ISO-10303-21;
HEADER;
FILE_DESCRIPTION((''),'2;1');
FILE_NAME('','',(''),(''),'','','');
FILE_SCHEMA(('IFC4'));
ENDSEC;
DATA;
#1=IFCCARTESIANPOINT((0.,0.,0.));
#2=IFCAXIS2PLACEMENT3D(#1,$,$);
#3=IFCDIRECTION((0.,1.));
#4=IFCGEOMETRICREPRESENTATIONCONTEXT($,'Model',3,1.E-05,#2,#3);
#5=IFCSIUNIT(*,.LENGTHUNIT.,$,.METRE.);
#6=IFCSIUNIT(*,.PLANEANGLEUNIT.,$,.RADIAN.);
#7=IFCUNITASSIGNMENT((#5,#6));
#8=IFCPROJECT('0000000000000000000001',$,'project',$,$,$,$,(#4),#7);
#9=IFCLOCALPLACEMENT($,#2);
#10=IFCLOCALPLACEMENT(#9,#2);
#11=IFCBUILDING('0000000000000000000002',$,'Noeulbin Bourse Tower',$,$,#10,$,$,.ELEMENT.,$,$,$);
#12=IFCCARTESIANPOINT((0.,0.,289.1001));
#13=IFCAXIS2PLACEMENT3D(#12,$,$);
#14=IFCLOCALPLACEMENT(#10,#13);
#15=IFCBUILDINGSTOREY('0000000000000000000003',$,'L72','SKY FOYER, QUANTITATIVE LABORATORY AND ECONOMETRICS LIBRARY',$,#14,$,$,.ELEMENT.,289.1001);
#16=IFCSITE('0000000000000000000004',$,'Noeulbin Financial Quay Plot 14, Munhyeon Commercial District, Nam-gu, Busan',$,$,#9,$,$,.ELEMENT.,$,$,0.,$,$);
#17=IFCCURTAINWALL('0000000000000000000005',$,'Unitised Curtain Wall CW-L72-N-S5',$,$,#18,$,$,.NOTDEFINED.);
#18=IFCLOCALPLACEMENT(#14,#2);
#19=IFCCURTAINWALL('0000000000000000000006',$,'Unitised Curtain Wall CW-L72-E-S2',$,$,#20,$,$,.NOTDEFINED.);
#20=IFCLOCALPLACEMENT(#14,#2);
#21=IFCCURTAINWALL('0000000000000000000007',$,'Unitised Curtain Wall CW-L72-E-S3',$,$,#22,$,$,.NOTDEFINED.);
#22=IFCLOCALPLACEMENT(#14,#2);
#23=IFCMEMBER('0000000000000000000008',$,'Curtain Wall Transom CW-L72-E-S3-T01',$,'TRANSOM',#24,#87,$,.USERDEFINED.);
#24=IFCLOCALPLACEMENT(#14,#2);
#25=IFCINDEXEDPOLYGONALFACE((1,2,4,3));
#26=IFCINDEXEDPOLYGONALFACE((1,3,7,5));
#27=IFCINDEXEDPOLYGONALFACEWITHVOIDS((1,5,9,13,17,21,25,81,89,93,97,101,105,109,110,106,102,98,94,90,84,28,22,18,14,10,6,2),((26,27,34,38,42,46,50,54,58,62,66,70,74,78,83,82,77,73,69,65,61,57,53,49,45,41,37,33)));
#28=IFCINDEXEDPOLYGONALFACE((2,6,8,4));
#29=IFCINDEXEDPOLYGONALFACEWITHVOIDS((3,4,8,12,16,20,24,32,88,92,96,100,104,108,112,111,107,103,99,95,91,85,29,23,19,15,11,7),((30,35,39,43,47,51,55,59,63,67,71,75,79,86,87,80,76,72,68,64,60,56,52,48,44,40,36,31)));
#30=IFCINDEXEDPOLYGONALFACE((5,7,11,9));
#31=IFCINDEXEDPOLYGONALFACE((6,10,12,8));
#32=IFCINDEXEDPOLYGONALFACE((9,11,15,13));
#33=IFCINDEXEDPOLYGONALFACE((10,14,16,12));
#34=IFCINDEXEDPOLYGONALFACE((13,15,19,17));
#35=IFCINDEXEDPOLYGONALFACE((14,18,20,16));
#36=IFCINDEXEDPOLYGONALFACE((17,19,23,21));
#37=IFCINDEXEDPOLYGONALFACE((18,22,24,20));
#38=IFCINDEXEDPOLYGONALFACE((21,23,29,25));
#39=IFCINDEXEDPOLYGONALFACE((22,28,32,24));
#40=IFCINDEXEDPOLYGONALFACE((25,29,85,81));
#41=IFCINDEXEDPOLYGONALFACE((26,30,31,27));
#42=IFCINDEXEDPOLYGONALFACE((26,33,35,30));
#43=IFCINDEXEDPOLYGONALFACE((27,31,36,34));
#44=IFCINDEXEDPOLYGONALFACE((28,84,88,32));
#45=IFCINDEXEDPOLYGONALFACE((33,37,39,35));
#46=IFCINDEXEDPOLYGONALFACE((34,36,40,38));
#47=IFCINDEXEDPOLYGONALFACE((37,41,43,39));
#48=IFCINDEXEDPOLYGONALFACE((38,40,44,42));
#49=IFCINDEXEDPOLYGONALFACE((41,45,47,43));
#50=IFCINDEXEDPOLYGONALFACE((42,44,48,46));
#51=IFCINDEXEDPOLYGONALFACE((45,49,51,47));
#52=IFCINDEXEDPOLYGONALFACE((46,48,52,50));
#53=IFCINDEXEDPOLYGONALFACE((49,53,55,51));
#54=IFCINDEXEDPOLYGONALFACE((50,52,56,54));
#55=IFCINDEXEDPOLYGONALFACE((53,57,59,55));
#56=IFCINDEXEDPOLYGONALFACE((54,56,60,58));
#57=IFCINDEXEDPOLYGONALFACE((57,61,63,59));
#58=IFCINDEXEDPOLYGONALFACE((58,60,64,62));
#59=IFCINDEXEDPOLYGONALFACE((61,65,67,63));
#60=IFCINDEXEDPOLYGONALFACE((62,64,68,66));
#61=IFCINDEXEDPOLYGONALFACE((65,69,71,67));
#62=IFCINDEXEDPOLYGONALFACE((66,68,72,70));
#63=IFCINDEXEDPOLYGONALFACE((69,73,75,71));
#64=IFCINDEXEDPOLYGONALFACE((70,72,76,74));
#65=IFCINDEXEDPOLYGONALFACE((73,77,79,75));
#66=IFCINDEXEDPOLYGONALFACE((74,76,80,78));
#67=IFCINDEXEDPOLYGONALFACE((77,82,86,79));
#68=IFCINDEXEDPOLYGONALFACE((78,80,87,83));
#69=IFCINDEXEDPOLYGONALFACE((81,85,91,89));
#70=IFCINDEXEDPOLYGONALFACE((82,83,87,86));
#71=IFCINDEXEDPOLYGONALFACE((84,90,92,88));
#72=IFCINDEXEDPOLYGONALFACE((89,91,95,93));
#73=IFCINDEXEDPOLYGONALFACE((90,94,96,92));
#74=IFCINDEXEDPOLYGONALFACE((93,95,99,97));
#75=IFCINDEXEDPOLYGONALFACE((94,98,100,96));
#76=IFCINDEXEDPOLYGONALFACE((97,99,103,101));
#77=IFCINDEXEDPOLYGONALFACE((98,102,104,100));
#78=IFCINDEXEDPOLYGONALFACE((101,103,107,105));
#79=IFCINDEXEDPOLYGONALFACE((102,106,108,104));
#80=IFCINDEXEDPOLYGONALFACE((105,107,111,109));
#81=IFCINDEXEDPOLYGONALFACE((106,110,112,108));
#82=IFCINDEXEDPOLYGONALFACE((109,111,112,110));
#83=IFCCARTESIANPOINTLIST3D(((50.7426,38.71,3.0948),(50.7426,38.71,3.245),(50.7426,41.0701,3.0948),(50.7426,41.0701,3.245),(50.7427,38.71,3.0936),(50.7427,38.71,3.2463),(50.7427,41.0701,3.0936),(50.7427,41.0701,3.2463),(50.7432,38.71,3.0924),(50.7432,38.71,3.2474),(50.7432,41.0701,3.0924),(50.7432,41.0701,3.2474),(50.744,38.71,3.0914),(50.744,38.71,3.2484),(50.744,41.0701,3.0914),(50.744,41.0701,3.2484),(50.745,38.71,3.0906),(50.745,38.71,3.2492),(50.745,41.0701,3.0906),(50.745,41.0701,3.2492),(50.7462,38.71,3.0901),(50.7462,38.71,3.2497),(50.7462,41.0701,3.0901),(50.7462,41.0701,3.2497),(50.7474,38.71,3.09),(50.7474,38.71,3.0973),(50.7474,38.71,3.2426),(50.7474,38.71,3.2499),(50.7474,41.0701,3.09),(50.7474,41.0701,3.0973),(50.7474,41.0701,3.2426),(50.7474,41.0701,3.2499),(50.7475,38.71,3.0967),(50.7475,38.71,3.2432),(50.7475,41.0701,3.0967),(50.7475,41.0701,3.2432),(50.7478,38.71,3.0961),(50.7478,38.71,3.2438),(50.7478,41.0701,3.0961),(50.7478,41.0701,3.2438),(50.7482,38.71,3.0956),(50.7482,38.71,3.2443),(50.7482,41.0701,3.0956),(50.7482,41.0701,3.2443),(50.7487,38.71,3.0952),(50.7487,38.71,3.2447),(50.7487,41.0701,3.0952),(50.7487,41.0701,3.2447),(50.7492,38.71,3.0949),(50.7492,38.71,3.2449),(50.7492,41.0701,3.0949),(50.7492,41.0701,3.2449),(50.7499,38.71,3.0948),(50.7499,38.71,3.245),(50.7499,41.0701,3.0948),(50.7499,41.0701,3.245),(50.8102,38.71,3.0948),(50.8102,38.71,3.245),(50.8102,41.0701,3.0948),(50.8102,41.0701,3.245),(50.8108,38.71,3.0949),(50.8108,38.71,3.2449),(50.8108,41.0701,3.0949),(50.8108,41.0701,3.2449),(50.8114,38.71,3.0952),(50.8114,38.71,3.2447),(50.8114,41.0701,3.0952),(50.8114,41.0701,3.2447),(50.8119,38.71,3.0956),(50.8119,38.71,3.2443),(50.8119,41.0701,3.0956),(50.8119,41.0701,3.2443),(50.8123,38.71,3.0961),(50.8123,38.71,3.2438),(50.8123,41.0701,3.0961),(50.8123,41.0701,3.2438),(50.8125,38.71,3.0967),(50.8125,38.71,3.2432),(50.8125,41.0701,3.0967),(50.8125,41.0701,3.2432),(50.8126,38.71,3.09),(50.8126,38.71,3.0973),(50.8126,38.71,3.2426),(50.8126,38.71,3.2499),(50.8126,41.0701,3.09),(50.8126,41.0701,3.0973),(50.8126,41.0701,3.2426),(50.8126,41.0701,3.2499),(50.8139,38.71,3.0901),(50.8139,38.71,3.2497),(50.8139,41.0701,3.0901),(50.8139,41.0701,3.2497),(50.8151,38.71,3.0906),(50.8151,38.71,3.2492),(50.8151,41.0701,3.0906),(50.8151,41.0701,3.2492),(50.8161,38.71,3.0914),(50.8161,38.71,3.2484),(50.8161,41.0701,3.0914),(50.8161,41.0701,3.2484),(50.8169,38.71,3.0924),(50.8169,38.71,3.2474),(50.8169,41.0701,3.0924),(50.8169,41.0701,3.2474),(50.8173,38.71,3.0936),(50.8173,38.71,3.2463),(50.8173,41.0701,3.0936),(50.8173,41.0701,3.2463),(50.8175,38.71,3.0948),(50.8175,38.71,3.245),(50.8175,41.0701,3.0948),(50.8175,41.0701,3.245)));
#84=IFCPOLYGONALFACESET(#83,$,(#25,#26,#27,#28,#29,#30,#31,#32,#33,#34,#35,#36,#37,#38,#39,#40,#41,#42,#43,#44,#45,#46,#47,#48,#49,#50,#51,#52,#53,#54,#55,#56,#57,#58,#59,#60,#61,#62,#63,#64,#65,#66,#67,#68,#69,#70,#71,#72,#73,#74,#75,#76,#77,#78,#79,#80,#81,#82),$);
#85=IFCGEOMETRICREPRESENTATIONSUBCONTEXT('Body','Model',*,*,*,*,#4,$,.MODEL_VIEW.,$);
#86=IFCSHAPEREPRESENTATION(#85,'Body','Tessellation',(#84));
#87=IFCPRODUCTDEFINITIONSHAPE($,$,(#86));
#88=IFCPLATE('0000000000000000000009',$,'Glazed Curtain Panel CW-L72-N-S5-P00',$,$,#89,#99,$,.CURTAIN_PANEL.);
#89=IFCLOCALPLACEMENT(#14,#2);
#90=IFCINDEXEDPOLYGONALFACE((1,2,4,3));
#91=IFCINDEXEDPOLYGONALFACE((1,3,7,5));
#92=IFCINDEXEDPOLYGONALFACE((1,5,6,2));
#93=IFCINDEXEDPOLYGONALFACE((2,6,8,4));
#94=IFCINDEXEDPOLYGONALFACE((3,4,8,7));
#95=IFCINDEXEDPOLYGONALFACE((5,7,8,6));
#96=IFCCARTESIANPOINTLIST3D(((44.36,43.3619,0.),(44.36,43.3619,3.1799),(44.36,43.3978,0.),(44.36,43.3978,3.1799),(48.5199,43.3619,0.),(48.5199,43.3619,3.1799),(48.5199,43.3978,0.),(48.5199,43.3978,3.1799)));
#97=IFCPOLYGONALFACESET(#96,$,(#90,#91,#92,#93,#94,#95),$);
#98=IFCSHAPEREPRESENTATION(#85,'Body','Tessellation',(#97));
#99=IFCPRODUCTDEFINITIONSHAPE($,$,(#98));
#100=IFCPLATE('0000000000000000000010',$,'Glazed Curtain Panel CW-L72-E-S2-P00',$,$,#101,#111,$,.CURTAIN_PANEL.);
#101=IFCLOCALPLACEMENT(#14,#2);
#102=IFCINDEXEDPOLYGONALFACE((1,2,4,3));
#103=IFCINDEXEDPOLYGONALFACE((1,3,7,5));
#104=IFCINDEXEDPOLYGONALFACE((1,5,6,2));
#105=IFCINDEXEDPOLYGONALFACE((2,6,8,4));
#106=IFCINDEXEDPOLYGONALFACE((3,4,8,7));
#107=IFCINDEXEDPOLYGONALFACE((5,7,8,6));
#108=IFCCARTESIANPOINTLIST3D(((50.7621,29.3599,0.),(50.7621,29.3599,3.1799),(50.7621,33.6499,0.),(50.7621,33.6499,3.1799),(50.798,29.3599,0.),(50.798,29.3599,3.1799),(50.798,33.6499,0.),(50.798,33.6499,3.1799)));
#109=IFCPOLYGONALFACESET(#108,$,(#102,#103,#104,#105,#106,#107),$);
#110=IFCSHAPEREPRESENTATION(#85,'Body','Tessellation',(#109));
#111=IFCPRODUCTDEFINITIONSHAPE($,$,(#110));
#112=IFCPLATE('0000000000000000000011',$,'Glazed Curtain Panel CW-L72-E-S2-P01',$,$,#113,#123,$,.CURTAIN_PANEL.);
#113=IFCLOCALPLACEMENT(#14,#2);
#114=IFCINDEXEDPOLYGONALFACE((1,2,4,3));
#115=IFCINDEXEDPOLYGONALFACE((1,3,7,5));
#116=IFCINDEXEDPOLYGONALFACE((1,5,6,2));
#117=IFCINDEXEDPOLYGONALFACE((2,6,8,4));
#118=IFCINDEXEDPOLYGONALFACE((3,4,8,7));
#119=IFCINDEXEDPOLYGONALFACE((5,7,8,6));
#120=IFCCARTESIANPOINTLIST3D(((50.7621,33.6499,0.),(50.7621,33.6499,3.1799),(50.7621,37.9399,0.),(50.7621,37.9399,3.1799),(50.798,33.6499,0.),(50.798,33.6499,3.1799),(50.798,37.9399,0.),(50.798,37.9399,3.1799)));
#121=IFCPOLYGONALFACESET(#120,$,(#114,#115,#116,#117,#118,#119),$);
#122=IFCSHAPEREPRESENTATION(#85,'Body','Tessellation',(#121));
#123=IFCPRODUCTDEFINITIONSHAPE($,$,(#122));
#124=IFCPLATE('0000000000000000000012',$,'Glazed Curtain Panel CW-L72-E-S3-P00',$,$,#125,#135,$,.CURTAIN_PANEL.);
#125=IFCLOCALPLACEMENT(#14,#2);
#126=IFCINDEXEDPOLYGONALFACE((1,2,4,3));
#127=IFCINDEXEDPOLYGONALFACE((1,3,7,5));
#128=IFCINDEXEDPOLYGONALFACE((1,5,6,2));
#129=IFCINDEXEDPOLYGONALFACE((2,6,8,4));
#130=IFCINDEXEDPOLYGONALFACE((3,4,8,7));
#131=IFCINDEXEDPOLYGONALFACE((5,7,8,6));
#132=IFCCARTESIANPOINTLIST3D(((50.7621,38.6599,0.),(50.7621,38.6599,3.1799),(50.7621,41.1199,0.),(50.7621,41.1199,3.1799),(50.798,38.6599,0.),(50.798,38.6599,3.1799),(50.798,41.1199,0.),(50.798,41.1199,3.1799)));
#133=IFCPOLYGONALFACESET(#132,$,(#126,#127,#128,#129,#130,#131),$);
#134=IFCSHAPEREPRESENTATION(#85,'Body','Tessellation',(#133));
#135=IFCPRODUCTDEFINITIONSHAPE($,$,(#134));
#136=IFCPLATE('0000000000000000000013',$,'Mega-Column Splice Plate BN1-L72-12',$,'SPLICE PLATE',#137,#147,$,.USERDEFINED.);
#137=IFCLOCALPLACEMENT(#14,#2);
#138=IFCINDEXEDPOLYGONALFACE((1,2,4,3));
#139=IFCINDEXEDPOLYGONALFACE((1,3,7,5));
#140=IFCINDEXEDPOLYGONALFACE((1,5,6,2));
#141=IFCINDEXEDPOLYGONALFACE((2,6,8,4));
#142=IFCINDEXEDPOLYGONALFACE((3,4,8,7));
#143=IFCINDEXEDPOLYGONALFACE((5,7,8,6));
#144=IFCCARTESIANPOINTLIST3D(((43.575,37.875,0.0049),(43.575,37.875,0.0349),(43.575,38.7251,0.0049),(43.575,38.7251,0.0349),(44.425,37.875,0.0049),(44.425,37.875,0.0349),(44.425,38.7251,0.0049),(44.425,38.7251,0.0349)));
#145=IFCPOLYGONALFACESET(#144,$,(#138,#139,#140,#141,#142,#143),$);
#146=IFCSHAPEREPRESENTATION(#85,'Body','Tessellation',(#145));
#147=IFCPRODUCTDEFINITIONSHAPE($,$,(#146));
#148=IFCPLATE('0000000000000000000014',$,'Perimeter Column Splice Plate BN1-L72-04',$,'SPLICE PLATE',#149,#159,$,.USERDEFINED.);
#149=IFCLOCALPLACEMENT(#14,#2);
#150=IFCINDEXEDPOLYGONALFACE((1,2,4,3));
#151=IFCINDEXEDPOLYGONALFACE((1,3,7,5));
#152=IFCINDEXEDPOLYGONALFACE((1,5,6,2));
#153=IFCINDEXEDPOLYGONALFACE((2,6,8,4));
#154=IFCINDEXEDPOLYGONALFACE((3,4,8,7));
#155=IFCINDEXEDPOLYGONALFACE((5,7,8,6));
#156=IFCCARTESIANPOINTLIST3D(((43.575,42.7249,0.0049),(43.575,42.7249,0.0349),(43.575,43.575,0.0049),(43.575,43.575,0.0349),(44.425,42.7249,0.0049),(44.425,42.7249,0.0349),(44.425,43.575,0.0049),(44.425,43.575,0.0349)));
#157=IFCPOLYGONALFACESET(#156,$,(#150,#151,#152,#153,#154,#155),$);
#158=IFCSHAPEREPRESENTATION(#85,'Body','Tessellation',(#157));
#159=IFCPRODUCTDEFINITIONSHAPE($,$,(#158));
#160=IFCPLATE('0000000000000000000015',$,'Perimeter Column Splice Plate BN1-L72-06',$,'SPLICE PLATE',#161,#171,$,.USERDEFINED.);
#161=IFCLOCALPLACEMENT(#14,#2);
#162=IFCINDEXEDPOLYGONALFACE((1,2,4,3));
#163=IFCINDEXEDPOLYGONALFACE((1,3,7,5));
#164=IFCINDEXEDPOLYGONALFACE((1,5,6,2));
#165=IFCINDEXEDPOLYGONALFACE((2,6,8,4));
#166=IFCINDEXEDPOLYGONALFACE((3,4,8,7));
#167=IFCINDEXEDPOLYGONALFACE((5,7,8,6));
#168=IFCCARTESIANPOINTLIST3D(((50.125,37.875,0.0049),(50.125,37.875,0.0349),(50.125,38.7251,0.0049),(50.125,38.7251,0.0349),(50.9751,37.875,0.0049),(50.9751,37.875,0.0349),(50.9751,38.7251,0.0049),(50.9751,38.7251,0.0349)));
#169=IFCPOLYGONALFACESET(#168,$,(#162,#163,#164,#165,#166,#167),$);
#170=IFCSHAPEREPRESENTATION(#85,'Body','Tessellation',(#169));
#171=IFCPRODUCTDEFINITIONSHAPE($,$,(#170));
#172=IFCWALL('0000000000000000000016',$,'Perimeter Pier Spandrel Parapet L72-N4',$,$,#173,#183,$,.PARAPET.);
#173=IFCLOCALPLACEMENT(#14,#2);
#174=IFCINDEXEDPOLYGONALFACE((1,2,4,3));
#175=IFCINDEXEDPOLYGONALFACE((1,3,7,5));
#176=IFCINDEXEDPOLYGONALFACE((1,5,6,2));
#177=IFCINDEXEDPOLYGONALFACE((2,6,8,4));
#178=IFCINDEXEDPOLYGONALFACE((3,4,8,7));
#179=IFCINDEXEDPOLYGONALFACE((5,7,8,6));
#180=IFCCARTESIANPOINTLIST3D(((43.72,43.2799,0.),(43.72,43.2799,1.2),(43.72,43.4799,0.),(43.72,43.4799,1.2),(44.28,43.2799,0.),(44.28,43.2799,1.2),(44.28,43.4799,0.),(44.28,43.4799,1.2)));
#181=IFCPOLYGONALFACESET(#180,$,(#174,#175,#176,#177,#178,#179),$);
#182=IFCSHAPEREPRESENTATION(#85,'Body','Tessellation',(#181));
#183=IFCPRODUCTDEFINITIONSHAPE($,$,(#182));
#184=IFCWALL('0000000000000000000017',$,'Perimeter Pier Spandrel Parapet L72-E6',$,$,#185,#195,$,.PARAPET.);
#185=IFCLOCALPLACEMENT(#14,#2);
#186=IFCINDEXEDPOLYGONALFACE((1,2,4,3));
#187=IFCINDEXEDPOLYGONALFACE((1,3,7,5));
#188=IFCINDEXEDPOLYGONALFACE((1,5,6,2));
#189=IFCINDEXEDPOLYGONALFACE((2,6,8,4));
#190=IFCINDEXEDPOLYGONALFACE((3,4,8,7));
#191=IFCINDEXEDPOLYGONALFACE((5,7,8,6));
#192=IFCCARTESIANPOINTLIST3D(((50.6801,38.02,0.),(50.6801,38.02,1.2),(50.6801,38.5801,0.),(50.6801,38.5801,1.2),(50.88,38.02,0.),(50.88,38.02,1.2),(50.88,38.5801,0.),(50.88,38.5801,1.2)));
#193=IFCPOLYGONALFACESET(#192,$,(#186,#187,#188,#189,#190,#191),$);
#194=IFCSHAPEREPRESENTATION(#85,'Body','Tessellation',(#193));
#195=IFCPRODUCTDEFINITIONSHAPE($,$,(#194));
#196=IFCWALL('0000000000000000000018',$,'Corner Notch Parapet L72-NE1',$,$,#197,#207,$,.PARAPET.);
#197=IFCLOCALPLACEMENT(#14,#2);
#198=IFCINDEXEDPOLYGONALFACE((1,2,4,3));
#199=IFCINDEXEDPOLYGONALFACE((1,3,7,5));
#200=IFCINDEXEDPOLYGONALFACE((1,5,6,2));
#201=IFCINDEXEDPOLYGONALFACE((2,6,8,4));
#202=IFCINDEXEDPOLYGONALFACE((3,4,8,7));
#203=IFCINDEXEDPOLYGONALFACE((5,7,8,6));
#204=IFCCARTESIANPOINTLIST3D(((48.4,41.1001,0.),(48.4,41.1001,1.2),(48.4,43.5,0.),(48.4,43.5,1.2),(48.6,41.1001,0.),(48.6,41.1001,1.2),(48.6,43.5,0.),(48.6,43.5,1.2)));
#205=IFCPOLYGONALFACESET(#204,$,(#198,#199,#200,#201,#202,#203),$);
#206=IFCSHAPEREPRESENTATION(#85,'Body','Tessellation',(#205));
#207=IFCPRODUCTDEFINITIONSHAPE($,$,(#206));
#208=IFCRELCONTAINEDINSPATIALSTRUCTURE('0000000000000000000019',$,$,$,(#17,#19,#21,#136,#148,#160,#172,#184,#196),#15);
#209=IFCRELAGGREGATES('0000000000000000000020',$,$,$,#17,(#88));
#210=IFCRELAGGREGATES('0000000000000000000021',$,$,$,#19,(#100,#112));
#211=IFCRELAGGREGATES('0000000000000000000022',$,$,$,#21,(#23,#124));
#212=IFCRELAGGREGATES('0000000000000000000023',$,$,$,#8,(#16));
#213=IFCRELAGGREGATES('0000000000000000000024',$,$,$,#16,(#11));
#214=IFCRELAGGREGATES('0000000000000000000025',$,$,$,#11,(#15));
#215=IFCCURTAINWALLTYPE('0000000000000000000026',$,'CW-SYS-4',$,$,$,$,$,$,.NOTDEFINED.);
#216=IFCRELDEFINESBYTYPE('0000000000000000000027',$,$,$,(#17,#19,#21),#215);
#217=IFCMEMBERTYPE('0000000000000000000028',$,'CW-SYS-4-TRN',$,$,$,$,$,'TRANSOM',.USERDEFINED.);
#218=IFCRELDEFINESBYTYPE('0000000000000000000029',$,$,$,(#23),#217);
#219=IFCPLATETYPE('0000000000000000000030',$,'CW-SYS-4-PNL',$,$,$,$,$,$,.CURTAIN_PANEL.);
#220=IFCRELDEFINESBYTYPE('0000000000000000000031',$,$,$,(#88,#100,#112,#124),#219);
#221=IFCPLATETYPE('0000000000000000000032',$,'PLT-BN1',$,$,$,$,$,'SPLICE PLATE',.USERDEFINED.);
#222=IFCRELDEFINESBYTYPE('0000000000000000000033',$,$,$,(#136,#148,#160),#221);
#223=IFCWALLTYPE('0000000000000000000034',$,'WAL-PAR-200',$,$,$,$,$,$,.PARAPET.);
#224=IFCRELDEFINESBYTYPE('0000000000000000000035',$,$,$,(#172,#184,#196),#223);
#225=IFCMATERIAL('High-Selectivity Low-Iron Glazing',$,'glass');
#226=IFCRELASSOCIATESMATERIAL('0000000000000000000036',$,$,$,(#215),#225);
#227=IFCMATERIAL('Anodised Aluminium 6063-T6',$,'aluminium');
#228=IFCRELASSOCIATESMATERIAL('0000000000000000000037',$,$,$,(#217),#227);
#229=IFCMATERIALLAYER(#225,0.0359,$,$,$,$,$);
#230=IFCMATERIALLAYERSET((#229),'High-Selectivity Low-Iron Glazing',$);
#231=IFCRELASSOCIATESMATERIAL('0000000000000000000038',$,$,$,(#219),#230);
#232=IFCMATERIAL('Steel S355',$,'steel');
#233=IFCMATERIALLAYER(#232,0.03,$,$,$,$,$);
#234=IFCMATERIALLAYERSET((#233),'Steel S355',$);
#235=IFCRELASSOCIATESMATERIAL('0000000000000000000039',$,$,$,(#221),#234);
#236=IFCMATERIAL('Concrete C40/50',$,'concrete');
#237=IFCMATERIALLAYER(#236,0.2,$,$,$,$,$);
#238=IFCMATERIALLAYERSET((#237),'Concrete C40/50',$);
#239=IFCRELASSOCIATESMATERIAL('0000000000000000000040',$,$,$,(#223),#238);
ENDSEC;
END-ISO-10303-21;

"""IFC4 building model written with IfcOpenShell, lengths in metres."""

from ifc_helpers import new_model, si_unit, direction, frame, frame_2d, origin, origin_2d, place, context, subcontext, project, spatial, rectangle, hollow_rectangle, extrude, material, layer, layer_set, material_profile, profile_set, type_object, element, aggregate, save


model = new_model("IFC4")

# Units and contexts
model_context = context("Model", 3, precision=1e-05, world=origin(), true_north=direction((0.0, 1.0)))
body_context = subcontext(model_context, "Body", "Model", "MODEL_VIEW")
ifc_project = project(units=[si_unit("LENGTHUNIT", "METRE"), si_unit("PLANEANGLEUNIT", "RADIAN")], contexts=[model_context])

# Site, building, storey
site_placement = place(None, origin())
site = spatial("IfcSite", under=ifc_project, at=site_placement, Name="Noeulbin Financial Quay Plot 14, Munhyeon Commercial District, Nam-gu, Busan", CompositionType="ELEMENT", RefElevation=0.0)
building_placement = place(site_placement, origin())
building = spatial("IfcBuilding", under=site, at=building_placement, Name="Noeulbin Bourse Tower", CompositionType="ELEMENT")
storey_placement = place(building_placement, frame((0.0, 0.0, 289.1001)))
storey = spatial("IfcBuildingStorey", under=building, at=storey_placement, Name="L72", Description="SKY FOYER, QUANTITATIVE LABORATORY AND ECONOMETRICS LIBRARY", CompositionType="ELEMENT", Elevation=289.1001)

# Shared definitions
ifc_material_1 = material(Name="Steel S355", Category="steel")

# Shared definitions
ifc_material_2 = material(Name="High-Selectivity Low-Iron Glazing", Category="glass")
curtain_wall_type = type_object("IfcCurtainWallType", Name="CW-SYS-4", PredefinedType="NOTDEFINED", material=ifc_material_2)
ifc_material_3 = material(Name="Anodised Aluminium 6063-T6", Category="aluminium")

# Curtain walls
curtain_wall_1_placement = place(storey_placement, origin())
curtain_wall_1 = element("IfcCurtainWall", 1, at=curtain_wall_1_placement, inside=storey, type_object=curtain_wall_type, Name="Unitised Curtain Wall CW-L72-N-S5", PredefinedType="NOTDEFINED")
curtain_wall_2_placement = place(storey_placement, origin())
curtain_wall_2 = element("IfcCurtainWall", 2, at=curtain_wall_2_placement, inside=storey, type_object=curtain_wall_type, Name="Unitised Curtain Wall CW-L72-E-S2", PredefinedType="NOTDEFINED")
curtain_wall_3_placement = place(storey_placement, origin())
curtain_wall_3 = element("IfcCurtainWall", 3, at=curtain_wall_3_placement, inside=storey, type_object=curtain_wall_type, Name="Unitised Curtain Wall CW-L72-E-S3", PredefinedType="NOTDEFINED")

# Member
ifc_material_profile_1 = material_profile(ifc_material_3, hollow_rectangle(XDim=0.075, YDim=0.1599, WallThickness=0.0049, InnerFilletRadius=0.0024, OuterFilletRadius=0.0049, at=origin_2d()), Name="ALU-TRAN-75x160x5", Category="LoadBearing")
ifc_profile_set_1 = profile_set([ifc_material_profile_1], Name="Anodised Aluminium 6063-T6")
member_type_1 = type_object("IfcMemberType", Name="CW-SYS-4-TRN", ElementType="TRANSOM", PredefinedType="USERDEFINED", material=ifc_profile_set_1)
member_1_placement = place(storey_placement, frame((50.78, 38.71, 3.1699), z_axis=(0.0, 1.0, 0.0), x_axis=(-1.0, 0.0, 0.0)))
member_1 = element("IfcMember", 4, at=member_1_placement, type_object=member_type_1, Name="Curtain Wall Transom CW-L72-E-S3-T01", ObjectType="TRANSOM", PredefinedType="USERDEFINED", context=body_context, shape_type="SweptSolid", body=[
    extrude(hollow_rectangle(XDim=0.075, YDim=0.1599, WallThickness=0.0049, InnerFilletRadius=0.0024, OuterFilletRadius=0.0049, at=origin_2d()), origin(), (0.0, 0.0, 1.0), 2.3601),
])

# Plates
ifc_layer_1 = layer(ifc_material_2, 0.0359)
ifc_layer_set_1 = layer_set([ifc_layer_1], Name="High-Selectivity Low-Iron Glazing")
plate_type_1 = type_object("IfcPlateType", Name="CW-SYS-4-PNL", PredefinedType="CURTAIN_PANEL", material=ifc_layer_set_1)
plate_1_placement = place(storey_placement, frame((46.4399, 43.3799, 0.0), z_axis=(0.0, 0.0, 1.0), x_axis=(1.0, 0.0, 0.0)))
plate_1 = element("IfcPlate", 5, at=plate_1_placement, type_object=plate_type_1, Name="Glazed Curtain Panel CW-L72-N-S5-P00", PredefinedType="CURTAIN_PANEL", context=body_context, shape_type="SweptSolid", body=[
    extrude(rectangle(XDim=4.1599, YDim=0.0359, at=origin_2d()), origin(), (0.0, 0.0, 1.0), 3.1799),
])
aggregate(curtain_wall_1, [plate_1])
plate_2_placement = place(storey_placement, frame((50.78, 31.5049, 0.0), z_axis=(0.0, 0.0, 1.0), x_axis=(0.0, 1.0, 0.0)))
plate_2 = element("IfcPlate", 6, at=plate_2_placement, type_object=plate_type_1, Name="Glazed Curtain Panel CW-L72-E-S2-P00", PredefinedType="CURTAIN_PANEL", context=body_context, shape_type="SweptSolid", body=[
    extrude(rectangle(XDim=4.29, YDim=0.0359, at=origin_2d()), origin(), (0.0, 0.0, 1.0), 3.1799),
])
plate_3_placement = place(storey_placement, frame((50.78, 35.7949, 0.0), z_axis=(0.0, 0.0, 1.0), x_axis=(0.0, 1.0, 0.0)))
plate_3 = element("IfcPlate", 7, at=plate_3_placement, type_object=plate_type_1, Name="Glazed Curtain Panel CW-L72-E-S2-P01", PredefinedType="CURTAIN_PANEL", context=body_context, shape_type="SweptSolid", body=[
    extrude(rectangle(XDim=4.29, YDim=0.0359, at=origin_2d()), origin(), (0.0, 0.0, 1.0), 3.1799),
])
aggregate(curtain_wall_2, [plate_2, plate_3])
plate_4_placement = place(storey_placement, frame((50.78, 39.8899, 0.0), z_axis=(0.0, 0.0, 1.0), x_axis=(0.0, 1.0, 0.0)))
plate_4 = element("IfcPlate", 8, at=plate_4_placement, type_object=plate_type_1, Name="Glazed Curtain Panel CW-L72-E-S3-P00", PredefinedType="CURTAIN_PANEL", context=body_context, shape_type="SweptSolid", body=[
    extrude(rectangle(XDim=2.46, YDim=0.0359, at=origin_2d()), origin(), (0.0, 0.0, 1.0), 3.1799),
])
aggregate(curtain_wall_3, [member_1, plate_4])

# Plates
ifc_layer_2 = layer(ifc_material_1, 0.03)
ifc_layer_set_2 = layer_set([ifc_layer_2], Name="Steel S355")
plate_type_2 = type_object("IfcPlateType", Name="PLT-BN1", ElementType="SPLICE PLATE", PredefinedType="USERDEFINED", material=ifc_layer_set_2)
for number, where, z_axis, x_axis, name in (
    (9, (44.0, 38.3, 0.0049), (0.0, 0.0, 1.0), (1.0, 0.0, 0.0), "Mega-Column Splice Plate BN1-L72-12"),
    (10, (44.0, 43.1499, 0.0049), (0.0, 0.0, 1.0), (1.0, 0.0, 0.0), "Perimeter Column Splice Plate BN1-L72-04"),
    (11, (50.55, 38.3, 0.0049), (0.0, 0.0, 1.0), (1.0, 0.0, 0.0), "Perimeter Column Splice Plate BN1-L72-06"),
):
    element("IfcPlate", number, at=place(storey_placement, frame(where, z_axis=z_axis, x_axis=x_axis)), inside=storey, type_object=plate_type_2, Name=name, ObjectType="SPLICE PLATE", PredefinedType="USERDEFINED", context=body_context, shape_type="SweptSolid", body=[
        extrude(rectangle(XDim=0.8501, YDim=0.8501, at=origin_2d()), origin(), (0.0, 0.0, 1.0), 0.03),
    ])

# Walls
ifc_material_4 = material(Name="Concrete C40/50", Category="concrete")
ifc_layer_3 = layer(ifc_material_4, 0.2)
ifc_layer_set_3 = layer_set([ifc_layer_3], Name="Concrete C40/50")
wall_type = type_object("IfcWallType", Name="WAL-PAR-200", PredefinedType="PARAPET", material=ifc_layer_set_3)
for number, where, z_axis, x_axis, name in (
    (12, (43.72, 43.3799, 0.0), (0.0, 0.0, 1.0), (1.0, 0.0, 0.0), "Perimeter Pier Spandrel Parapet L72-N4"),
    (13, (50.78, 38.02, 0.0), (0.0, 0.0, 1.0), (0.0, 1.0, 0.0), "Perimeter Pier Spandrel Parapet L72-E6"),
):
    element("IfcWall", number, at=place(storey_placement, frame(where, z_axis=z_axis, x_axis=x_axis)), inside=storey, type_object=wall_type, Name=name, PredefinedType="PARAPET", context=body_context, shape_type="SweptSolid", body=[
        extrude(rectangle(XDim=0.5601, YDim=0.2, at=frame_2d((0.28, 0.0))), origin(), (0.0, 0.0, 1.0), 1.2),
    ])
for number, where, z_axis, x_axis, name in (
    (14, (48.5, 43.5, 0.0), (0.0, 0.0, 1.0), (0.0, -1.0, 0.0), "Corner Notch Parapet L72-NE1"),
):
    element("IfcWall", number, at=place(storey_placement, frame(where, z_axis=z_axis, x_axis=x_axis)), inside=storey, type_object=wall_type, Name=name, PredefinedType="PARAPET", context=body_context, shape_type="SweptSolid", body=[
        extrude(rectangle(XDim=2.3999, YDim=0.2, at=frame_2d((1.2, 0.0))), origin(), (0.0, 0.0, 1.0), 1.2),
    ])

save(model, "model.ifc")
